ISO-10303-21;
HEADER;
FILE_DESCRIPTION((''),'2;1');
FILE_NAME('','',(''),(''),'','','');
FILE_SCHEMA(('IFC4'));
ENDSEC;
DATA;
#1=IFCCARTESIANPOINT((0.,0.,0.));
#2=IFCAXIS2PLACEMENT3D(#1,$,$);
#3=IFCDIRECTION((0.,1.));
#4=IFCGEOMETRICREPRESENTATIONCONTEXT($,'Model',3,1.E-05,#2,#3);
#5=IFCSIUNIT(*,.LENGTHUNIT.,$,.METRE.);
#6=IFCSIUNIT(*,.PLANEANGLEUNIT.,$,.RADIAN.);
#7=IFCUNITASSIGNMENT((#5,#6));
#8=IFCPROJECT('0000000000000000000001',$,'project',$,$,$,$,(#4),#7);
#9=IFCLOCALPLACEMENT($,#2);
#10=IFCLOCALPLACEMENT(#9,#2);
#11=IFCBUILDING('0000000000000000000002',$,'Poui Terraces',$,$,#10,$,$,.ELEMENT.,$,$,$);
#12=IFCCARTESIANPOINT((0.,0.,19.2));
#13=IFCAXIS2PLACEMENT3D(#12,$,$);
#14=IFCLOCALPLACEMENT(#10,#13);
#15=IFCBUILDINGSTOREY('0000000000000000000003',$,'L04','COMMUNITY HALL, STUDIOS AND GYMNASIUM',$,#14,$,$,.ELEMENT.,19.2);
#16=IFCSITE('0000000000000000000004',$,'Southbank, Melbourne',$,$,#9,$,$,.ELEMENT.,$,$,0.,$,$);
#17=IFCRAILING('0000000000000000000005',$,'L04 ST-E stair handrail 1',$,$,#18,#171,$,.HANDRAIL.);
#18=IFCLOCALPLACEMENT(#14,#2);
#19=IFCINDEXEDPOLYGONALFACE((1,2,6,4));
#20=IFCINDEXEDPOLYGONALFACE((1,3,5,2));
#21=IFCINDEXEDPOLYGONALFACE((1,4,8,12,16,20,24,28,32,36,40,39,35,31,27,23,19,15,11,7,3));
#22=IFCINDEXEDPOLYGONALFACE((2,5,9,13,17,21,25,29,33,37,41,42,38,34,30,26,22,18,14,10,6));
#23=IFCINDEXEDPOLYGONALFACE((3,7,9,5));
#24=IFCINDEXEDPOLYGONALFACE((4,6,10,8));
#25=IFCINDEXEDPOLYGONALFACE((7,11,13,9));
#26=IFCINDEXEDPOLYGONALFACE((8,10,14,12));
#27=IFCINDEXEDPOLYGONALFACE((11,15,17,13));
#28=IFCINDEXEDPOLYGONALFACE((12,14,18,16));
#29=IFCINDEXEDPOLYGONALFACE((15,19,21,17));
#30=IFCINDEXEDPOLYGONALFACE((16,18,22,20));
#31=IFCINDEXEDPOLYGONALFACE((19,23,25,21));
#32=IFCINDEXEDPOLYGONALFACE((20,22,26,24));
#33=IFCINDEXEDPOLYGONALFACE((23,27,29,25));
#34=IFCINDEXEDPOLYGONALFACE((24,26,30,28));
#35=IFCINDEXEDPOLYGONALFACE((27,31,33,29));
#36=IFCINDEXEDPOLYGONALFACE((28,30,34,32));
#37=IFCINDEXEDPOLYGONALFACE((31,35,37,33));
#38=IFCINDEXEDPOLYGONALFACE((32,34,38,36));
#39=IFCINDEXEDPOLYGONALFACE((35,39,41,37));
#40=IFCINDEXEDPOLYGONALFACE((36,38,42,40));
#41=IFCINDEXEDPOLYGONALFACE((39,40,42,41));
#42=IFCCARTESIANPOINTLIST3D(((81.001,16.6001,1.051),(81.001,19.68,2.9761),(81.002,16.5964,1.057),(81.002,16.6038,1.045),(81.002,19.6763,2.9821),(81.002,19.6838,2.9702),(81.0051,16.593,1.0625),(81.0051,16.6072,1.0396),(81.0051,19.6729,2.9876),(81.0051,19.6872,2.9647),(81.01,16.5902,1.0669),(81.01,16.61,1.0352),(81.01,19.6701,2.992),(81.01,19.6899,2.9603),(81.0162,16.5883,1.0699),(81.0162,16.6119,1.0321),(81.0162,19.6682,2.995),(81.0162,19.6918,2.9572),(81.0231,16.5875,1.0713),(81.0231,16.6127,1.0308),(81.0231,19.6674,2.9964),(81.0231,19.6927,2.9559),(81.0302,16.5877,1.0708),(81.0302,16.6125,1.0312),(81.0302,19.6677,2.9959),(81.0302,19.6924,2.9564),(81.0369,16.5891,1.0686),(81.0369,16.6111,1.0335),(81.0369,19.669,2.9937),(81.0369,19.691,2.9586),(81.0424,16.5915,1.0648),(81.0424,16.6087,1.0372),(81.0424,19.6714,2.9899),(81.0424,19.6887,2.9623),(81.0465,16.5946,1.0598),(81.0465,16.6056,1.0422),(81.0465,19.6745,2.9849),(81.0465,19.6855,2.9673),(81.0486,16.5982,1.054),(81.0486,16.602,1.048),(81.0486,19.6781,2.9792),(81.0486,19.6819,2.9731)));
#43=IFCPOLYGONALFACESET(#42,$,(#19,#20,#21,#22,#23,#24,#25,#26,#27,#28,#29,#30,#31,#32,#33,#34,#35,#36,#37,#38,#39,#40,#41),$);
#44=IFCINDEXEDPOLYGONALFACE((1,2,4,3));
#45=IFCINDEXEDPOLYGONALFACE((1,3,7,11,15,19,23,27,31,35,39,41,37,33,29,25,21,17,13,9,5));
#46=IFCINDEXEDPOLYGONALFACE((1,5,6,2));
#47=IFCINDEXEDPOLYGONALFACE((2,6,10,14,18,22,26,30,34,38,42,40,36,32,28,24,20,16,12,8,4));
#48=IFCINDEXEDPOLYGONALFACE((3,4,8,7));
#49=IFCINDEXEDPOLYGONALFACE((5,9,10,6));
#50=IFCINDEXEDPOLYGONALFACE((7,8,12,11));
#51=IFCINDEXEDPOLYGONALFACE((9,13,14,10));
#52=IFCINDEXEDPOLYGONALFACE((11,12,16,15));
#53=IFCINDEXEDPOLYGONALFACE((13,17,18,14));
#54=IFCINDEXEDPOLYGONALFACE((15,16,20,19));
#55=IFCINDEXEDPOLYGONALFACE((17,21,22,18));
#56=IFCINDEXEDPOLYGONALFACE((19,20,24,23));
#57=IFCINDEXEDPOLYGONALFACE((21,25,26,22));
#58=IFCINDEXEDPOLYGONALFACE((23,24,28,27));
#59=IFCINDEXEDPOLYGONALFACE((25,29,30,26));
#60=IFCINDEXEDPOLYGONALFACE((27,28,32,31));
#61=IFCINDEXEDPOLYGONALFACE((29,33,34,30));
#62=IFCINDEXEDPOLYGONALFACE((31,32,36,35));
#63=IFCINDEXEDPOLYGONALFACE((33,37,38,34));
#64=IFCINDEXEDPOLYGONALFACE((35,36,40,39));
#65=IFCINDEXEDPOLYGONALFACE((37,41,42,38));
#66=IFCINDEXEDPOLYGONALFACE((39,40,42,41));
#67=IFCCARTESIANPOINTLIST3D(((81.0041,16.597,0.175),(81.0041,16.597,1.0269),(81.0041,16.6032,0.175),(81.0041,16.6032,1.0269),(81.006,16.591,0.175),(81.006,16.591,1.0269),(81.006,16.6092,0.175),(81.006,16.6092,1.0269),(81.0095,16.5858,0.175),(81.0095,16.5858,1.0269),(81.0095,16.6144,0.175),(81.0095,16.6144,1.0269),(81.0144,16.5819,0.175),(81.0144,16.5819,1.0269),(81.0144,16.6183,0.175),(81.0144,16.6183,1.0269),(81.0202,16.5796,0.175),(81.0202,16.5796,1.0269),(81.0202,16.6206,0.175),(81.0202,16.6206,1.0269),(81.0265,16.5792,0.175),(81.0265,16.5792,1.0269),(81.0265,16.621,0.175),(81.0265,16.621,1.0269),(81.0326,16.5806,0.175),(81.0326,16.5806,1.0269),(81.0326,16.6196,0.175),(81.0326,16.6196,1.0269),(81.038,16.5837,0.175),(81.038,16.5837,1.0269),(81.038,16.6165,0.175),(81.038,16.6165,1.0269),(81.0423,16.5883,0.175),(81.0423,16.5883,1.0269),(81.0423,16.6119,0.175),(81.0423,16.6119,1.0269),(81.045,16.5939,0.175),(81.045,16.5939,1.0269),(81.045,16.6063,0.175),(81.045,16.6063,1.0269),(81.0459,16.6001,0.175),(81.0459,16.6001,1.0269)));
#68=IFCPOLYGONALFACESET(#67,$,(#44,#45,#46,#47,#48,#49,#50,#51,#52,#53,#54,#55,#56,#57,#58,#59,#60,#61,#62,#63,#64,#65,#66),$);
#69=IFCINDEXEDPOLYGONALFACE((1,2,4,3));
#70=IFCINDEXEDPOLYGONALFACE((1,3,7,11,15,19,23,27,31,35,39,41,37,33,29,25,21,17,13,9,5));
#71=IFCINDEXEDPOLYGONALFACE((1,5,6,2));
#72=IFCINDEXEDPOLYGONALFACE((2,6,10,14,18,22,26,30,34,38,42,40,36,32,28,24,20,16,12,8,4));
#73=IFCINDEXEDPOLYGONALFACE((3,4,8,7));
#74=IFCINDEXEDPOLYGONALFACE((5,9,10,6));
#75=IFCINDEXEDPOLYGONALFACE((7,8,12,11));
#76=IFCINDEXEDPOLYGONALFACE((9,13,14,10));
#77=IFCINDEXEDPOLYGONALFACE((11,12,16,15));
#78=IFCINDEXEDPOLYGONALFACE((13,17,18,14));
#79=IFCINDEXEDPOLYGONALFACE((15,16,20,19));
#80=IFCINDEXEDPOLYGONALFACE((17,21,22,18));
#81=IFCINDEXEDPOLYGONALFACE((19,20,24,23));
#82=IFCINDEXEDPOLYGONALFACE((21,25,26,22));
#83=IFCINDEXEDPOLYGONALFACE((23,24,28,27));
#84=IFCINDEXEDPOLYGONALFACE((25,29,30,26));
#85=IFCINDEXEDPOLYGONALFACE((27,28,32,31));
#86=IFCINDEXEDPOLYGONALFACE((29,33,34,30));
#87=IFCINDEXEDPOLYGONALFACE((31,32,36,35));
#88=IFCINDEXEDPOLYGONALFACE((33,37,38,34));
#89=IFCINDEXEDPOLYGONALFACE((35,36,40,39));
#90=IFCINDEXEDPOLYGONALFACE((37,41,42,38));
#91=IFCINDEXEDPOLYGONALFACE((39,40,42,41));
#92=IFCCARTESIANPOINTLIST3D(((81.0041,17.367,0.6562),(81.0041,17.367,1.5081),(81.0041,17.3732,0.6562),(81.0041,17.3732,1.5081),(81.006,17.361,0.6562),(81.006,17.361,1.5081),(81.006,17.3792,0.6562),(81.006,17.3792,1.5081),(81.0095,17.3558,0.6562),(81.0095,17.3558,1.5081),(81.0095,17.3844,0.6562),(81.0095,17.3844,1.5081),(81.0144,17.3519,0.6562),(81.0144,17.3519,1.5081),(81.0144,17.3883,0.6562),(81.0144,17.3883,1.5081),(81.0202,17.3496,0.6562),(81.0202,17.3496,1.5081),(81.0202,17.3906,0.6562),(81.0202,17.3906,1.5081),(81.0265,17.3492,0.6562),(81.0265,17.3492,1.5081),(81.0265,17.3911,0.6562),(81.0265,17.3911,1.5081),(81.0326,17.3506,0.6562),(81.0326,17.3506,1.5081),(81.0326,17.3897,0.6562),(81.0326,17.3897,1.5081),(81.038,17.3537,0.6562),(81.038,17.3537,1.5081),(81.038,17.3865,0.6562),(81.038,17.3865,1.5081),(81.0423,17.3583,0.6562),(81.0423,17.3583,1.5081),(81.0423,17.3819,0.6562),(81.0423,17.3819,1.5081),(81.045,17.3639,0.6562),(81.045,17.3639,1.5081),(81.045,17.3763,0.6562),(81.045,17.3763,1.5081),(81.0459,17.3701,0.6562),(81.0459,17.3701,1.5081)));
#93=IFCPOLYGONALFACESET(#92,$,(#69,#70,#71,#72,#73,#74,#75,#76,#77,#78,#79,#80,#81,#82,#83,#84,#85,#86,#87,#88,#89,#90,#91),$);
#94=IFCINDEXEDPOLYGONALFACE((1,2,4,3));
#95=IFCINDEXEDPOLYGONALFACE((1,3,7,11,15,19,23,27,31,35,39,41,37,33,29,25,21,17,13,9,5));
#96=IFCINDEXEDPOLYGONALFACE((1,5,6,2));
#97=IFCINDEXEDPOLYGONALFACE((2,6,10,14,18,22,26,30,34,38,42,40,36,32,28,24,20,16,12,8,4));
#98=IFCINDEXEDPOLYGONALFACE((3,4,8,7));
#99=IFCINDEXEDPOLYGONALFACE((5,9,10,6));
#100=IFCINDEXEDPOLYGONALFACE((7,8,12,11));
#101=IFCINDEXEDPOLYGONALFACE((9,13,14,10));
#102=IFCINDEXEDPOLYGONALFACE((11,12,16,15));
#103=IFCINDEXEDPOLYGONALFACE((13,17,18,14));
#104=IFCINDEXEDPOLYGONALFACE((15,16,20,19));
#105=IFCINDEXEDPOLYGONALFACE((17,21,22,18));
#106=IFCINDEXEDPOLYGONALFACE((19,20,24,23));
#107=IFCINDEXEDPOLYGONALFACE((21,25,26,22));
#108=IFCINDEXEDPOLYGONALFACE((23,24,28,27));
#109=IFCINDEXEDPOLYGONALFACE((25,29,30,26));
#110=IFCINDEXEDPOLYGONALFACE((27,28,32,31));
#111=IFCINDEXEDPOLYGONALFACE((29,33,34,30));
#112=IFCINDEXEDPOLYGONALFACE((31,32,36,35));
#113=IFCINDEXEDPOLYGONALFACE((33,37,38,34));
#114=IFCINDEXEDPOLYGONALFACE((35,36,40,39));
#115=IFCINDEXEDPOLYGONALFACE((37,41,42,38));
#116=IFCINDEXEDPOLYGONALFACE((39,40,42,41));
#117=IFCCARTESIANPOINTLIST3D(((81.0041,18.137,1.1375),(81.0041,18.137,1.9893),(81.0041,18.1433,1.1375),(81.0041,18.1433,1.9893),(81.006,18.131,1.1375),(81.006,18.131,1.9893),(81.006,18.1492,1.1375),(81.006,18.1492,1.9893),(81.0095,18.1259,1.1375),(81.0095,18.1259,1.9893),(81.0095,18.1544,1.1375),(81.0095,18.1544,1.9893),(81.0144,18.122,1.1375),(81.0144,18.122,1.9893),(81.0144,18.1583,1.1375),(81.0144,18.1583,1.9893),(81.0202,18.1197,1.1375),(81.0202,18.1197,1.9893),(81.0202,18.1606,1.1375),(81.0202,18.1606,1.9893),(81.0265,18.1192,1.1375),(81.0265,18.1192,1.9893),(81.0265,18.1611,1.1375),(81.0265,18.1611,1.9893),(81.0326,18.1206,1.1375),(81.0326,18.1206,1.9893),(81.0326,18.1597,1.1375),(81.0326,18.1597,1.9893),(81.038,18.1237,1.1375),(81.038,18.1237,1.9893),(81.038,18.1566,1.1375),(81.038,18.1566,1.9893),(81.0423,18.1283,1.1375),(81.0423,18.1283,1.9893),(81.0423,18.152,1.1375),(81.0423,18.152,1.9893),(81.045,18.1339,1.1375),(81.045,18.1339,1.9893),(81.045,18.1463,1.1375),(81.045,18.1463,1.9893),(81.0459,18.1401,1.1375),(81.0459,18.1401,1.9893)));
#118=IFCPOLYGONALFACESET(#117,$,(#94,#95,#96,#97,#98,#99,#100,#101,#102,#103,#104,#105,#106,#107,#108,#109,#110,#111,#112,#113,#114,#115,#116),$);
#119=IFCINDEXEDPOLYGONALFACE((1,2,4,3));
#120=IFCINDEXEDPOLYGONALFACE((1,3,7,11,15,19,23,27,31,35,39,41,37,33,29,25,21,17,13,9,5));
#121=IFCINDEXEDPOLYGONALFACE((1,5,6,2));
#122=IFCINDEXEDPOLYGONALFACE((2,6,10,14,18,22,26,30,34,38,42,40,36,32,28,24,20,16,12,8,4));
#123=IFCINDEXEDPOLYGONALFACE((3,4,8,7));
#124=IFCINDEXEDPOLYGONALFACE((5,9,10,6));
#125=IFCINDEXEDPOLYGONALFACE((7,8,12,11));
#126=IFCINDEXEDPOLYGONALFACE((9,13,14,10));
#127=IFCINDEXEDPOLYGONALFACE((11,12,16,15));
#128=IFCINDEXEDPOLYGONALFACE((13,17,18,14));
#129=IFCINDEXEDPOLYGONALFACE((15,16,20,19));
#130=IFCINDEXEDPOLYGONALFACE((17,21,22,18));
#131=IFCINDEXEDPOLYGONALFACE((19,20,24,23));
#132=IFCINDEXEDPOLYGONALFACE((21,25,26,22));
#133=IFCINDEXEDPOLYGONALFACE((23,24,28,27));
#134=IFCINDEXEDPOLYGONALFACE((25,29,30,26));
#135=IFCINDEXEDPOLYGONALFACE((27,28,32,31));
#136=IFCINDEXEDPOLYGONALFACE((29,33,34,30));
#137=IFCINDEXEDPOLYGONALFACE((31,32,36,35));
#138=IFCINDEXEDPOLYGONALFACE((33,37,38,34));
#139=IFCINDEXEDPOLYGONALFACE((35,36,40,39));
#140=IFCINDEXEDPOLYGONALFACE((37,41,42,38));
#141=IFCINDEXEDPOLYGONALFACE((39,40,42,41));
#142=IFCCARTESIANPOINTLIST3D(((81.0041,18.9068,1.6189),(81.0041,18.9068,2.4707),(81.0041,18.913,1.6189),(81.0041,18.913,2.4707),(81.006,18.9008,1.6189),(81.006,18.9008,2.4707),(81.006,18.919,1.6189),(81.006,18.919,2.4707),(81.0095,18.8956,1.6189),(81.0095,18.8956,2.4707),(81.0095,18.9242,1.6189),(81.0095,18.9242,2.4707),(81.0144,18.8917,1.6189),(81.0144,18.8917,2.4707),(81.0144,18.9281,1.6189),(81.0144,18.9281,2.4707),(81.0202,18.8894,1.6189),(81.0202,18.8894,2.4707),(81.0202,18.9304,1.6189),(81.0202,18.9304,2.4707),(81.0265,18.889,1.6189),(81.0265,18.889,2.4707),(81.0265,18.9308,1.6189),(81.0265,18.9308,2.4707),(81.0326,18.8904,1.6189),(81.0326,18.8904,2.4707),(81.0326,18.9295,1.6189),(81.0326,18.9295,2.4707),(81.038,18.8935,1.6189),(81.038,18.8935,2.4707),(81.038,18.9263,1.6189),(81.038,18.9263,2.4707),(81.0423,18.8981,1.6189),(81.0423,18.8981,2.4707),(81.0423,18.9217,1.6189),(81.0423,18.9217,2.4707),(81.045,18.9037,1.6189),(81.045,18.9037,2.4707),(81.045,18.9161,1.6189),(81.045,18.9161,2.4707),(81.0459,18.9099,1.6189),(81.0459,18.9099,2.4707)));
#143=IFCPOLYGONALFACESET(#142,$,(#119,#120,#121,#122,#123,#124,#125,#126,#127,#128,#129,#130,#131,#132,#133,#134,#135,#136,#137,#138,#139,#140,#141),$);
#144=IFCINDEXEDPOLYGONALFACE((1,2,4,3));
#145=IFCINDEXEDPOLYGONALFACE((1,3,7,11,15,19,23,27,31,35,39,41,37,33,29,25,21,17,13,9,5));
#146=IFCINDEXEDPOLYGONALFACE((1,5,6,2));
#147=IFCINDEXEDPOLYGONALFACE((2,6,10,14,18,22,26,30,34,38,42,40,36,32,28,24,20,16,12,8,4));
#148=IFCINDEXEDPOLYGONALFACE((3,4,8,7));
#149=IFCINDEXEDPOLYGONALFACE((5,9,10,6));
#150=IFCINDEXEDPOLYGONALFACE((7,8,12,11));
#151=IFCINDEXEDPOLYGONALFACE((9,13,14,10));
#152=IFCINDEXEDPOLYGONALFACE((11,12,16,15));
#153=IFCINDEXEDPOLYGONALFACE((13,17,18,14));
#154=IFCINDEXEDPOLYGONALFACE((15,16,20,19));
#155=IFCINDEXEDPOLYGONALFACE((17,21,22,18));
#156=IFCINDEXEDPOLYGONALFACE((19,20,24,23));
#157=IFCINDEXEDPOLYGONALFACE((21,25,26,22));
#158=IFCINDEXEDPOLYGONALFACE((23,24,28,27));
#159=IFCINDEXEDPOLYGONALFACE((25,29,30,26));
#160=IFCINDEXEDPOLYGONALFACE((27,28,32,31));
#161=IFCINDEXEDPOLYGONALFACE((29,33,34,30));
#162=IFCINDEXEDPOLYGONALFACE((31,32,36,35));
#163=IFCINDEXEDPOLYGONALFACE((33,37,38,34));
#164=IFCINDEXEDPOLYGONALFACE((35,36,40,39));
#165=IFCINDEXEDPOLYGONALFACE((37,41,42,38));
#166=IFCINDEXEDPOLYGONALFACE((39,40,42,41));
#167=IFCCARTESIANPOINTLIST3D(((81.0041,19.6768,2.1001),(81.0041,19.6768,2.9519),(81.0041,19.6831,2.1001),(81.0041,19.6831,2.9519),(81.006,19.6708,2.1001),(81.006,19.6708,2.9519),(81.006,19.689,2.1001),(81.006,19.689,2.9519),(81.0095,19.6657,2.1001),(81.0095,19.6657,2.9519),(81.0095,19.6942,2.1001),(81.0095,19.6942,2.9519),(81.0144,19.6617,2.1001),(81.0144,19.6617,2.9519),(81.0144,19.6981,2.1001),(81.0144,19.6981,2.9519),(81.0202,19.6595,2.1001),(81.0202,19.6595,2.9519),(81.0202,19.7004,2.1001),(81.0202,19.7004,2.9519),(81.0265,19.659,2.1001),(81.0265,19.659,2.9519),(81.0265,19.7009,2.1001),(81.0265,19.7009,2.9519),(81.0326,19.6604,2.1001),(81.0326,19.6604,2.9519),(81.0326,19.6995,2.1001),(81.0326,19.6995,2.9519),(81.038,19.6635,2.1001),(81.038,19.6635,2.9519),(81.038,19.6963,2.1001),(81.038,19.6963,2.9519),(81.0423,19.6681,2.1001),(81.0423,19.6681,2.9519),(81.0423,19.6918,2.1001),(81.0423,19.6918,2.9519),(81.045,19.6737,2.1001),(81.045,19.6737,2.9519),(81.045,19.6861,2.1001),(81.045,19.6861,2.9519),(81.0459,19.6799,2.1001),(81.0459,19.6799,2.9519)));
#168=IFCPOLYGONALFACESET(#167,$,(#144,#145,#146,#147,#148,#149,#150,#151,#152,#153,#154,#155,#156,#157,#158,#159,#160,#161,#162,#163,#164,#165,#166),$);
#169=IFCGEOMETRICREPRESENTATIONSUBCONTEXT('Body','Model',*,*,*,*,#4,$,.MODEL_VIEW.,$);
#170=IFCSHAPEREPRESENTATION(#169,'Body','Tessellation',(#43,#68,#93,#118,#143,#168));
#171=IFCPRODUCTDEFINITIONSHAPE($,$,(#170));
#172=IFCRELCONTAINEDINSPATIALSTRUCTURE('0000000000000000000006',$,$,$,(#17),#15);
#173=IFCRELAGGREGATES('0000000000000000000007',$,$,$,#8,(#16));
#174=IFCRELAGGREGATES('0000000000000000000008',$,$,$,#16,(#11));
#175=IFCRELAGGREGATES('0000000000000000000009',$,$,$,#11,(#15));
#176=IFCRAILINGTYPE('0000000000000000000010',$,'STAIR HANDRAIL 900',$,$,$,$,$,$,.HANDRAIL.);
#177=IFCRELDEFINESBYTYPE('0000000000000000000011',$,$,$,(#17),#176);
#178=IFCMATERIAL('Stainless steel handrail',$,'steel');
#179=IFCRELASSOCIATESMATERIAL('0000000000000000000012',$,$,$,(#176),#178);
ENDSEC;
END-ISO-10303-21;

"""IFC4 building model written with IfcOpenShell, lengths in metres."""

from ifc_helpers import new_model, si_unit, direction, frame, origin, origin_2d, place, context, subcontext, project, spatial, circle, extrude, material, type_object, element, save


model = new_model("IFC4")

# Units and contexts
model_context = context("Model", 3, precision=1e-05, world=origin(), true_north=direction((0.0, 1.0)))
body_context = subcontext(model_context, "Body", "Model", "MODEL_VIEW")
ifc_project = project(units=[si_unit("LENGTHUNIT", "METRE"), si_unit("PLANEANGLEUNIT", "RADIAN")], contexts=[model_context])

# Site, building, storey
site_placement = place(None, origin())
site = spatial("IfcSite", under=ifc_project, at=site_placement, Name="Southbank, Melbourne", CompositionType="ELEMENT", RefElevation=0.0)
building_placement = place(site_placement, origin())
building = spatial("IfcBuilding", under=site, at=building_placement, Name="Poui Terraces", CompositionType="ELEMENT")
storey_placement = place(building_placement, frame((0.0, 0.0, 19.2)))
storey = spatial("IfcBuildingStorey", under=building, at=storey_placement, Name="L04", Description="COMMUNITY HALL, STUDIOS AND GYMNASIUM", CompositionType="ELEMENT", Elevation=19.2)

# Railing
ifc_material_1 = material(Name="Stainless steel handrail", Category="steel")
railing_type_1 = type_object("IfcRailingType", Name="STAIR HANDRAIL 900", PredefinedType="HANDRAIL", material=ifc_material_1)
railing_1_placement = place(storey_placement, frame((81.0249, 16.6001, 0.175)))
element("IfcRailing", 1, at=railing_1_placement, inside=storey, type_object=railing_type_1, Name="L04 ST-E stair handrail 1", PredefinedType="HANDRAIL", context=body_context, shape_type="SweptSolid", body=[
    extrude(circle(Radius=0.0239, at=origin_2d()), frame((0.0, 0.0, 0.876), z_axis=(0.0, 0.847979, 0.530029), x_axis=(-1.0, 0.0, 0.0)), (0.0, 0.0, 1.0), 3.6321),
    extrude(circle(Radius=0.021, at=origin_2d()), origin(), (0.0, 0.0, 1.0), 0.8518),
    extrude(circle(Radius=0.021, at=origin_2d()), frame((0.0, 0.77, 0.4812)), (0.0, 0.0, 1.0), 0.8518),
    extrude(circle(Radius=0.021, at=origin_2d()), frame((0.0, 1.54, 0.9624)), (0.0, 0.0, 1.0), 0.8518),
    extrude(circle(Radius=0.021, at=origin_2d()), frame((0.0, 2.3098, 1.4438)), (0.0, 0.0, 1.0), 0.8518),
    extrude(circle(Radius=0.021, at=origin_2d()), frame((0.0, 3.0798, 1.925)), (0.0, 0.0, 1.0), 0.8518),
])

save(model, "model.ifc")
